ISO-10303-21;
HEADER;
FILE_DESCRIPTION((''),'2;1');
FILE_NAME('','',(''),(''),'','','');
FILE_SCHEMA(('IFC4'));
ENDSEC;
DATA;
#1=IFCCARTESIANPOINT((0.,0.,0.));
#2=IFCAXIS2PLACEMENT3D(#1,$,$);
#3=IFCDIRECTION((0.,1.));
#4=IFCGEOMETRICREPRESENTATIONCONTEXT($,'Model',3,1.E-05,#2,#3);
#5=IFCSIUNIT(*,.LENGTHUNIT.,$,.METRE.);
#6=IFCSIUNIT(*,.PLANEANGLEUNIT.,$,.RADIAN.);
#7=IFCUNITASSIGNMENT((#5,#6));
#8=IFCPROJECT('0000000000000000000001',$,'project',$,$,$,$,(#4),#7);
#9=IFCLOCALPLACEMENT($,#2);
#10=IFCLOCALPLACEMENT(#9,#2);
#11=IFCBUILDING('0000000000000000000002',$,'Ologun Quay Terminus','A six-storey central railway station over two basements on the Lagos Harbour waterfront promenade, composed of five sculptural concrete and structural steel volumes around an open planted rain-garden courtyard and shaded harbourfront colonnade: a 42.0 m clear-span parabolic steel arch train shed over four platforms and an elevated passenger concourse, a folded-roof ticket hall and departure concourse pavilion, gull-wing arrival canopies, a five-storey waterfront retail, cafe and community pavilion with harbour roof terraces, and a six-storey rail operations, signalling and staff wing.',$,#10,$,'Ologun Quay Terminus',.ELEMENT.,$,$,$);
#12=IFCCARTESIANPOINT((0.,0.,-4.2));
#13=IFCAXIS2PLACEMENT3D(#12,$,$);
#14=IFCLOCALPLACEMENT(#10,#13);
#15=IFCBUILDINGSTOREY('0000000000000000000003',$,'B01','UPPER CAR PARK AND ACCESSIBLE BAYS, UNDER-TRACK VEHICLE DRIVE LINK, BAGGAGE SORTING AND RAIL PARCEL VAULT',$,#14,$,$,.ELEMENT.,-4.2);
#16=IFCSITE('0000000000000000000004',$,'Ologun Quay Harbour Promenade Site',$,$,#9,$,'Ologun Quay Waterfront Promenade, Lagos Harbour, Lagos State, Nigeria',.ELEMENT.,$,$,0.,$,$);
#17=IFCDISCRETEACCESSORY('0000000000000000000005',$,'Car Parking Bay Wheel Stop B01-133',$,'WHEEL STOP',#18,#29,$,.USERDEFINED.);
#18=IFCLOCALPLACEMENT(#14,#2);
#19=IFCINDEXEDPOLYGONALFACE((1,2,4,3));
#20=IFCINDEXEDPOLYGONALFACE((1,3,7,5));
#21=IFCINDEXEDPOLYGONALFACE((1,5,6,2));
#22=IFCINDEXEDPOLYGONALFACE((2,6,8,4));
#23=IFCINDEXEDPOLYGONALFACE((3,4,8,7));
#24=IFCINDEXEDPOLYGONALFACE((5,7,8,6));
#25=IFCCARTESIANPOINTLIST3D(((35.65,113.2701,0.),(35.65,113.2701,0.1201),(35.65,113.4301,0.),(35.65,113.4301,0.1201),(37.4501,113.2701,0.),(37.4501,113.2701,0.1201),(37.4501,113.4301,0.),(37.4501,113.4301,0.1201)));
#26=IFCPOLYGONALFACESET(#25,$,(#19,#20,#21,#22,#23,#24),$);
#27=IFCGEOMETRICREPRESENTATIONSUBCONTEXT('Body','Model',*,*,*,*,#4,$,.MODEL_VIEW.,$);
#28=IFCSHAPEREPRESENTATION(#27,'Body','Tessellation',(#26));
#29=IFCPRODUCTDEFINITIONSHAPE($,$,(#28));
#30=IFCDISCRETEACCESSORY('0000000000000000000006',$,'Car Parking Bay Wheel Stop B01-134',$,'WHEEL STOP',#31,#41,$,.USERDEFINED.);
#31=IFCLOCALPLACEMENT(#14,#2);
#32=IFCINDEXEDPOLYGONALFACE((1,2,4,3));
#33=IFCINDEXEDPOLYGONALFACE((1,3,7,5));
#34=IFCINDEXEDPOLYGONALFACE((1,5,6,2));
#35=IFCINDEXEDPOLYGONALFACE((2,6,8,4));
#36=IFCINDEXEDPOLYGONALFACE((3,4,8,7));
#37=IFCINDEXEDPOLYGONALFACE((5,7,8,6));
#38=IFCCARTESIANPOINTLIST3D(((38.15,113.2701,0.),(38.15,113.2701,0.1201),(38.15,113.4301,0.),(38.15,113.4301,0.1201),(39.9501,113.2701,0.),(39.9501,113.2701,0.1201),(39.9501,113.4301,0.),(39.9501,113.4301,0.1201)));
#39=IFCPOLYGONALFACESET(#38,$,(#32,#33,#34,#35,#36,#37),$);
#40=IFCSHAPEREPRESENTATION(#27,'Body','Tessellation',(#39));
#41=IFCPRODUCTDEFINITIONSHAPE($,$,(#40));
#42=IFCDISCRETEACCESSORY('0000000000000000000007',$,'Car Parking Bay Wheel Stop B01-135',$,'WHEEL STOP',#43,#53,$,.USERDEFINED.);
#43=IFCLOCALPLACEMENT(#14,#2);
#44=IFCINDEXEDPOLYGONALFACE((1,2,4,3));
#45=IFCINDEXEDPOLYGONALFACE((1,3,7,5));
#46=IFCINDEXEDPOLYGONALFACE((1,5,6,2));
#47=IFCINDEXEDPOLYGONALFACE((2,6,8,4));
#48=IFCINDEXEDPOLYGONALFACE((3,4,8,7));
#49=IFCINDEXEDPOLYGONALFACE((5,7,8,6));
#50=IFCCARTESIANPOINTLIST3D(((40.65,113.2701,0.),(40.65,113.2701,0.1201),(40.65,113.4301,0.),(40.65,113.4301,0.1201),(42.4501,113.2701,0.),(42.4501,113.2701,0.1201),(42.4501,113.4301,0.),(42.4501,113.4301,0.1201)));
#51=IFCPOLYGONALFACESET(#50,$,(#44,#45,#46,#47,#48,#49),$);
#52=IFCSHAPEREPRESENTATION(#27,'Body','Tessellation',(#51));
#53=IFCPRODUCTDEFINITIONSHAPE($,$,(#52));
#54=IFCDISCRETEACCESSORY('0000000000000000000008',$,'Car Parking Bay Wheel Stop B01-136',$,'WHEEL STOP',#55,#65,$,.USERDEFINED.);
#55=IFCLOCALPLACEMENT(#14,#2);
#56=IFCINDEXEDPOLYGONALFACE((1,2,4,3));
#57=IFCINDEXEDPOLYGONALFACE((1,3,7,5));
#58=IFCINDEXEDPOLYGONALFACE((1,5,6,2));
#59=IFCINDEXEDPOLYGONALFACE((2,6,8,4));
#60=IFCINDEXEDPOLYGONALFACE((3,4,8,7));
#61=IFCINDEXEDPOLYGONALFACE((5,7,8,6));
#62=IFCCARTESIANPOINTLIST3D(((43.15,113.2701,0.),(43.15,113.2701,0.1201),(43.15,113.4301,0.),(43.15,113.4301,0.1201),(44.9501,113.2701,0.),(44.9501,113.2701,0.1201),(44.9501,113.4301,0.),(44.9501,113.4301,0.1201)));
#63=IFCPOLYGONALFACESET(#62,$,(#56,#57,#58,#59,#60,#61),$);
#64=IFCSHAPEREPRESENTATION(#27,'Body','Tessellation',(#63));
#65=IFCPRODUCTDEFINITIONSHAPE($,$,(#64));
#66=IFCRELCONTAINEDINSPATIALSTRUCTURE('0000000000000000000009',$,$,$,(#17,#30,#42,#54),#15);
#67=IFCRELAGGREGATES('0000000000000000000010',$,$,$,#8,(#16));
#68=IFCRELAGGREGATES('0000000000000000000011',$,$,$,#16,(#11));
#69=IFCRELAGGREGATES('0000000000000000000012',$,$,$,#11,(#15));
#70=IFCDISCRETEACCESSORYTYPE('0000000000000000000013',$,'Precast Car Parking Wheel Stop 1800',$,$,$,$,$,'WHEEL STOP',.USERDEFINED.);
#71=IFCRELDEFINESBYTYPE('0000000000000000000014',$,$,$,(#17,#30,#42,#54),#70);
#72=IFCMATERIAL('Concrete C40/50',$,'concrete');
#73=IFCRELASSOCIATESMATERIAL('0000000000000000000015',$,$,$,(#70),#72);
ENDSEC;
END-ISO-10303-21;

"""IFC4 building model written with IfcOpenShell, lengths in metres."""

from ifc_helpers import new_model, si_unit, direction, frame, origin, origin_2d, place, context, subcontext, project, spatial, rectangle, extrude, material, type_object, element, save


model = new_model("IFC4")

# Units and contexts
model_context = context("Model", 3, precision=1e-05, world=origin(), true_north=direction((0.0, 1.0)))
body_context = subcontext(model_context, "Body", "Model", "MODEL_VIEW")
ifc_project = project(units=[si_unit("LENGTHUNIT", "METRE"), si_unit("PLANEANGLEUNIT", "RADIAN")], contexts=[model_context])

# Site, building, storey
site_placement = place(None, origin())
site = spatial("IfcSite", under=ifc_project, at=site_placement, Name="Ologun Quay Harbour Promenade Site", LongName="Ologun Quay Waterfront Promenade, Lagos Harbour, Lagos State, Nigeria", CompositionType="ELEMENT", RefElevation=0.0)
building_placement = place(site_placement, origin())
building = spatial("IfcBuilding", under=site, at=building_placement, Name="Ologun Quay Terminus", Description="A six-storey central railway station over two basements on the Lagos Harbour waterfront promenade, composed of five sculptural concrete and structural steel volumes around an open planted rain-garden courtyard and shaded harbourfront colonnade: a 42.0 m clear-span parabolic steel arch train shed over four platforms and an elevated passenger concourse, a folded-roof ticket hall and departure concourse pavilion, gull-wing arrival canopies, a five-storey waterfront retail, cafe and community pavilion with harbour roof terraces, and a six-storey rail operations, signalling and staff wing.", LongName="Ologun Quay Terminus", CompositionType="ELEMENT")
storey_placement = place(building_placement, frame((0.0, 0.0, -4.2)))
storey = spatial("IfcBuildingStorey", under=building, at=storey_placement, Name="B01", Description="UPPER CAR PARK AND ACCESSIBLE BAYS, UNDER-TRACK VEHICLE DRIVE LINK, BAGGAGE SORTING AND RAIL PARCEL VAULT", CompositionType="ELEMENT", Elevation=-4.2)

# Discrete accessories
ifc_material_1 = material(Name="Concrete C40/50", Category="concrete")
discrete_accessory_type = type_object("IfcDiscreteAccessoryType", Name="Precast Car Parking Wheel Stop 1800", ElementType="WHEEL STOP", PredefinedType="USERDEFINED", material=ifc_material_1)
for number, where, z_axis, x_axis, name in (
    (1, (36.55, 113.3501, 0.0), (0.0, 0.0, 1.0), (1.0, 0.0, 0.0), "Car Parking Bay Wheel Stop B01-133"),
    (2, (39.05, 113.3501, 0.0), (0.0, 0.0, 1.0), (1.0, 0.0, 0.0), "Car Parking Bay Wheel Stop B01-134"),
    (3, (41.55, 113.3501, 0.0), (0.0, 0.0, 1.0), (1.0, 0.0, 0.0), "Car Parking Bay Wheel Stop B01-135"),
    (4, (44.05, 113.3501, 0.0), (0.0, 0.0, 1.0), (1.0, 0.0, 0.0), "Car Parking Bay Wheel Stop B01-136"),
):
    element("IfcDiscreteAccessory", number, at=place(storey_placement, frame(where, z_axis=z_axis, x_axis=x_axis)), inside=storey, type_object=discrete_accessory_type, Name=name, ObjectType="WHEEL STOP", PredefinedType="USERDEFINED", context=body_context, shape_type="SweptSolid", body=[
        extrude(rectangle(XDim=1.8, YDim=0.1599, at=origin_2d()), origin(), (0.0, 0.0, 1.0), 0.1201),
    ])

save(model, "model.ifc")
